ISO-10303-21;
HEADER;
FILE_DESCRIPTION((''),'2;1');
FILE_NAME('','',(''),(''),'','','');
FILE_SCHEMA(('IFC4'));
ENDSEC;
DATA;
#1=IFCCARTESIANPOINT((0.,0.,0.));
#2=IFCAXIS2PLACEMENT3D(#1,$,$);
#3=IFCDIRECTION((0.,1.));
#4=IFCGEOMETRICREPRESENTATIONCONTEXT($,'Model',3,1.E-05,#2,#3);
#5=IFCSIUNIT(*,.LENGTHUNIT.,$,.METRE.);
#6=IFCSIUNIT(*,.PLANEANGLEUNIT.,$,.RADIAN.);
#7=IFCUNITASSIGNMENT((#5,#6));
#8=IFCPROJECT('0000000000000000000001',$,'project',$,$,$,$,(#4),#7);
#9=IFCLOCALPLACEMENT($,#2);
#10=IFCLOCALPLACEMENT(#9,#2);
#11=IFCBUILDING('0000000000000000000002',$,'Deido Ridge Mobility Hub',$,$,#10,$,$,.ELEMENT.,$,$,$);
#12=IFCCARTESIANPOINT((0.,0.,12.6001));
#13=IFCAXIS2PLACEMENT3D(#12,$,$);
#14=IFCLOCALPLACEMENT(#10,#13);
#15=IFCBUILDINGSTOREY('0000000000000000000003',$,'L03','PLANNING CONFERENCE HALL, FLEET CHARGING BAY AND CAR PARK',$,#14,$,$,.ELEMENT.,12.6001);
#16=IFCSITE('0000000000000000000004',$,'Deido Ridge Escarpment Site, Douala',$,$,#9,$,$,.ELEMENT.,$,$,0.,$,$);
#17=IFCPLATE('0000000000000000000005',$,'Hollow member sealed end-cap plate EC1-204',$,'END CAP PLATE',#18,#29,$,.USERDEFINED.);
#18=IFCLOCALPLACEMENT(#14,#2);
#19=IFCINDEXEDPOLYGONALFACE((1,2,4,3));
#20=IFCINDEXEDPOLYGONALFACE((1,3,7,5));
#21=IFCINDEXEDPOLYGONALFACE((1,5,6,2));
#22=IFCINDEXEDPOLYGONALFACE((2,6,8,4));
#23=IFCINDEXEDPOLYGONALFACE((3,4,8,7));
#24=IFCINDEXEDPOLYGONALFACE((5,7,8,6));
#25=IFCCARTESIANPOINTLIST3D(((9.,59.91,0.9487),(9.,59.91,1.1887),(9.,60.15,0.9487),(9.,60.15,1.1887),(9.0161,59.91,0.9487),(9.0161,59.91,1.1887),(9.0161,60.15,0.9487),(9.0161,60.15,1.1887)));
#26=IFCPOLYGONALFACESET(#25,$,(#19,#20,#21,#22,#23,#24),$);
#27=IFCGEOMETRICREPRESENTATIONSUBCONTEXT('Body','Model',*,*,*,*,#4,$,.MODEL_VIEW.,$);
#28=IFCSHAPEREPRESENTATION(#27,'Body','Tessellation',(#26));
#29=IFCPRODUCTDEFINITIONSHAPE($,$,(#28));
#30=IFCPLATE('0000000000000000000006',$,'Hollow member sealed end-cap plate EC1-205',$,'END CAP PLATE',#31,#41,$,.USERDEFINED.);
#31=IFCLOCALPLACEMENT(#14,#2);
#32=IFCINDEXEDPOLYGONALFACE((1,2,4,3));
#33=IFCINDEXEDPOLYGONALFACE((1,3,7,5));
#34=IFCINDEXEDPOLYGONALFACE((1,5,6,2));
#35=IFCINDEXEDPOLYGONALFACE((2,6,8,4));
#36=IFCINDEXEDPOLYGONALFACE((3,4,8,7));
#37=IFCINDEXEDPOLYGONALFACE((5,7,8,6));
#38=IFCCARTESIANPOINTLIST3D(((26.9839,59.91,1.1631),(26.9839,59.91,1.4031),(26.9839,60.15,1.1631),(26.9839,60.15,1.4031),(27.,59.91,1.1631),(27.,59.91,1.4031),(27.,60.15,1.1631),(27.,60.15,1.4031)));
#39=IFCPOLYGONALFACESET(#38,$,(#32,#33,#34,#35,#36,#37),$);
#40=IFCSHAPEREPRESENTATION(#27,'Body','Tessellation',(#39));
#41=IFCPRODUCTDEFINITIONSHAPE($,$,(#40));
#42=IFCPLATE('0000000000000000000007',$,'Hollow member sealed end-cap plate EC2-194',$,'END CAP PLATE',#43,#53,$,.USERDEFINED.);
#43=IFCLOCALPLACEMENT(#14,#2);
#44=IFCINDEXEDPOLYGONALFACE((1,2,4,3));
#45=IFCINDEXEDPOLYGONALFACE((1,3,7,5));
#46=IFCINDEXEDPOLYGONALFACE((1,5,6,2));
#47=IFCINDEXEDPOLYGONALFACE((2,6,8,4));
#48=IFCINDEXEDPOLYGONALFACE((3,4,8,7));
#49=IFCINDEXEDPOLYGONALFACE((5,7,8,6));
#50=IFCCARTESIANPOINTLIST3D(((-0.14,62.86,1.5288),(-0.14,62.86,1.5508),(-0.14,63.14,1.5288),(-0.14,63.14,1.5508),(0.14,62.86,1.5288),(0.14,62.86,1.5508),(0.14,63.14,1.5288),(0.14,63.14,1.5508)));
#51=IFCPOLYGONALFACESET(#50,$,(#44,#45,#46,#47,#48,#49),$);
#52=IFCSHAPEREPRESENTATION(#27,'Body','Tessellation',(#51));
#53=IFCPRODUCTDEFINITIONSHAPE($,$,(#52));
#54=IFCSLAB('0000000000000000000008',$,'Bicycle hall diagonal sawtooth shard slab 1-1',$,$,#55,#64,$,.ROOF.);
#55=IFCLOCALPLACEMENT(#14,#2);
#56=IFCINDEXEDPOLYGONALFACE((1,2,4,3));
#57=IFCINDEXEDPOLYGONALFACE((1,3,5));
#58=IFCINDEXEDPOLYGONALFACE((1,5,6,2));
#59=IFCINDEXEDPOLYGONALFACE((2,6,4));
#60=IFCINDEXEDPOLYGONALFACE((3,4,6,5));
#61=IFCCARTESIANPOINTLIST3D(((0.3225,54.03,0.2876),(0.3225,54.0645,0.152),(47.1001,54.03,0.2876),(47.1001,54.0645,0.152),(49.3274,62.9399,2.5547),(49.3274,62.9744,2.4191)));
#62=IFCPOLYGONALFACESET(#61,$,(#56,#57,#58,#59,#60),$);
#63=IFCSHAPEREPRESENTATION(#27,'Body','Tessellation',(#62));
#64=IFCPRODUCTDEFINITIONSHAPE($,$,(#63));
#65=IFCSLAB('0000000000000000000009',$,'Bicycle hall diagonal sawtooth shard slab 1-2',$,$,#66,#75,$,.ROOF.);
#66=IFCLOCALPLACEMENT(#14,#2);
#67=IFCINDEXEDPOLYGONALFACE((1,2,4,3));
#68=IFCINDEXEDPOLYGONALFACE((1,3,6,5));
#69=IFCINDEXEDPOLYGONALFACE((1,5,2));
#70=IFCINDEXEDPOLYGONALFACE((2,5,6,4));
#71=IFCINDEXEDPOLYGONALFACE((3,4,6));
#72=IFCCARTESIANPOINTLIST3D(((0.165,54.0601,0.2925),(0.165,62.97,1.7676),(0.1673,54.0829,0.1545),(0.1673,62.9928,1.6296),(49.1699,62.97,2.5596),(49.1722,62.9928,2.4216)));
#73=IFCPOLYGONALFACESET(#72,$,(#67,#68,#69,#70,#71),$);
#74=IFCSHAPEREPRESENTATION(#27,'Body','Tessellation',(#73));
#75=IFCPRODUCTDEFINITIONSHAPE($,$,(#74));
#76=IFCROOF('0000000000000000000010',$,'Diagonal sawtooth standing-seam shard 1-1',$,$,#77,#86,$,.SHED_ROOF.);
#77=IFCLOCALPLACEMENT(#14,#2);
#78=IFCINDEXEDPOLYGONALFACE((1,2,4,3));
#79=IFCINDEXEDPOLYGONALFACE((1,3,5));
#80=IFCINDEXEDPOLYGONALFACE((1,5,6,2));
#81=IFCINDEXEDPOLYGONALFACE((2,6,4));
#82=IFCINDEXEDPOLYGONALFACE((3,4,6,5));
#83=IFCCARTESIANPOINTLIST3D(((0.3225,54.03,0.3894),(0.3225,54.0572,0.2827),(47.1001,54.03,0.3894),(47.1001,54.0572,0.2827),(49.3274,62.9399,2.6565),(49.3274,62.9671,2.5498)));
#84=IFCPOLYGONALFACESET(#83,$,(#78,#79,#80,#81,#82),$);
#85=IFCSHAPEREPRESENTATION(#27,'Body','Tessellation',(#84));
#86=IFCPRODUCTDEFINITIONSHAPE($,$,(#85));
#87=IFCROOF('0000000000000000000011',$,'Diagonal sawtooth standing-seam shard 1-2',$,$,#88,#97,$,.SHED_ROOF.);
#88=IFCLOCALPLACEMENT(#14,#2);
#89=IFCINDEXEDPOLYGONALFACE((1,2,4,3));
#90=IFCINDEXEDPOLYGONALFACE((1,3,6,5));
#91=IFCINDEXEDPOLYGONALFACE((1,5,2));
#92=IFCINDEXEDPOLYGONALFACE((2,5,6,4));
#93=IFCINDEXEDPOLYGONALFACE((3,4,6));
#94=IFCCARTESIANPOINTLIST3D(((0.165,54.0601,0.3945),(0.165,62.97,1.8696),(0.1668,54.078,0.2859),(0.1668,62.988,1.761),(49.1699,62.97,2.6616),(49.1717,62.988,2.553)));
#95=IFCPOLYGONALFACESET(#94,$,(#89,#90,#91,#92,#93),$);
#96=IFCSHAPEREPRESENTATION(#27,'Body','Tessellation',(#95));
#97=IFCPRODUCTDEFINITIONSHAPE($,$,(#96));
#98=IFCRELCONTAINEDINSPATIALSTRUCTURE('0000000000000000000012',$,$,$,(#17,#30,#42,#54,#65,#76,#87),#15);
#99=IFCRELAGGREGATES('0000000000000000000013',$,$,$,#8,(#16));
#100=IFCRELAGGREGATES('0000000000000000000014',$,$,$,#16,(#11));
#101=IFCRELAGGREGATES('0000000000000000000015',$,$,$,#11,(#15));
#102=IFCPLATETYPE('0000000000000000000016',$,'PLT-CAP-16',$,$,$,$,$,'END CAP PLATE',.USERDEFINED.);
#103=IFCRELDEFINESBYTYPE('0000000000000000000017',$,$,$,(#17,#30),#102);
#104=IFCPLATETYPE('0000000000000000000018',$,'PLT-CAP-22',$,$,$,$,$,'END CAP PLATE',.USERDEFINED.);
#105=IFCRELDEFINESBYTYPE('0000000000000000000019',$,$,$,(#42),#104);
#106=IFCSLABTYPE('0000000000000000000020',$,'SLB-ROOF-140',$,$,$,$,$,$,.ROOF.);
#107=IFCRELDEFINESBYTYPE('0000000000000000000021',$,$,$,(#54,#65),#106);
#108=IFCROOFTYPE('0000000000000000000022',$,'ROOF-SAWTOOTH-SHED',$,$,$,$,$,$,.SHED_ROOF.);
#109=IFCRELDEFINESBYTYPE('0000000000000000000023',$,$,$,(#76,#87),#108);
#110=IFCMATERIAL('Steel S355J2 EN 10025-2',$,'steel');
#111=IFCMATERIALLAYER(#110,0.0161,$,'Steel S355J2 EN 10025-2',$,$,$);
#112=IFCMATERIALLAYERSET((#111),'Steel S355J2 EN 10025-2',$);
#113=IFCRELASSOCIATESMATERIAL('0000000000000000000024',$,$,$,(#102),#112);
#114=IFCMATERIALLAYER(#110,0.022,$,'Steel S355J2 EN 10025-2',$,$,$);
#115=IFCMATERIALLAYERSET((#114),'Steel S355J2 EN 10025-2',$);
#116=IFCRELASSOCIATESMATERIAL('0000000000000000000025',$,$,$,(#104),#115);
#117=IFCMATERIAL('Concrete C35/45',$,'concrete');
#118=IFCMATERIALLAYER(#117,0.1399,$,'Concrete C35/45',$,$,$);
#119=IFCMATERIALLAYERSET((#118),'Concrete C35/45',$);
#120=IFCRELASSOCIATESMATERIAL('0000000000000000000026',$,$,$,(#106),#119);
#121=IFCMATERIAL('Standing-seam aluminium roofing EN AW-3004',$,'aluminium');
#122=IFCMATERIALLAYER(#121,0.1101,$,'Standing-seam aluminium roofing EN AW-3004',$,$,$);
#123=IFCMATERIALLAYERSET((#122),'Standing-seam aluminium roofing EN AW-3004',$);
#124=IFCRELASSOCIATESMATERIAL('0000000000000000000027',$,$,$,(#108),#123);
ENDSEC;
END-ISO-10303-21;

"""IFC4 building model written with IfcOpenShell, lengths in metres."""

from ifc_helpers import new_model, si_unit, direction, frame, origin, origin_2d, place, context, subcontext, project, spatial, polyline, rectangle, outline, extrude, material, layer, layer_set, type_object, element, save


model = new_model("IFC4")

# Units and contexts
model_context = context("Model", 3, precision=1e-05, world=origin(), true_north=direction((0.0, 1.0)))
body_context = subcontext(model_context, "Body", "Model", "MODEL_VIEW")
ifc_project = project(units=[si_unit("LENGTHUNIT", "METRE"), si_unit("PLANEANGLEUNIT", "RADIAN")], contexts=[model_context])

# Site, building, storey
site_placement = place(None, origin())
site = spatial("IfcSite", under=ifc_project, at=site_placement, Name="Deido Ridge Escarpment Site, Douala", CompositionType="ELEMENT", RefElevation=0.0)
building_placement = place(site_placement, origin())
building = spatial("IfcBuilding", under=site, at=building_placement, Name="Deido Ridge Mobility Hub", CompositionType="ELEMENT")
storey_placement = place(building_placement, frame((0.0, 0.0, 12.6001)))
storey = spatial("IfcBuildingStorey", under=building, at=storey_placement, Name="L03", Description="PLANNING CONFERENCE HALL, FLEET CHARGING BAY AND CAR PARK", CompositionType="ELEMENT", Elevation=12.6001)

# Shared definitions
ifc_material_1 = material(Name="Steel S355J2 EN 10025-2", Category="steel")

# Plates
ifc_layer_1 = layer(ifc_material_1, 0.0161, Name="Steel S355J2 EN 10025-2")
ifc_layer_set_1 = layer_set([ifc_layer_1], Name="Steel S355J2 EN 10025-2")
plate_type_1 = type_object("IfcPlateType", Name="PLT-CAP-16", ElementType="END CAP PLATE", PredefinedType="USERDEFINED", material=ifc_layer_set_1)
for number, where, z_axis, x_axis, name in (
    (1, (9.0081, 60.03, 0.9487), (0.0, 0.0, 1.0), (1.0, 0.0, 0.0), "Hollow member sealed end-cap plate EC1-204"),
    (2, (26.9919, 60.03, 1.1631), (0.0, 0.0, 1.0), (1.0, 0.0, 0.0), "Hollow member sealed end-cap plate EC1-205"),
):
    element("IfcPlate", number, at=place(storey_placement, frame(where, z_axis=z_axis, x_axis=x_axis)), inside=storey, type_object=plate_type_1, Name=name, ObjectType="END CAP PLATE", PredefinedType="USERDEFINED", context=body_context, shape_type="SweptSolid", body=[
        extrude(rectangle(XDim=0.0161, YDim=0.24, at=origin_2d()), origin(), (0.0, 0.0, 1.0), 0.24),
    ])
ifc_layer_2 = layer(ifc_material_1, 0.022, Name="Steel S355J2 EN 10025-2")
ifc_layer_set_2 = layer_set([ifc_layer_2], Name="Steel S355J2 EN 10025-2")
plate_type_2 = type_object("IfcPlateType", Name="PLT-CAP-22", ElementType="END CAP PLATE", PredefinedType="USERDEFINED", material=ifc_layer_set_2)
plate_placement = place(storey_placement, frame((0.0, 63.0, 1.5288), z_axis=(0.0, 0.0, 1.0), x_axis=(1.0, 0.0, 0.0)))
element("IfcPlate", 3, at=plate_placement, inside=storey, type_object=plate_type_2, Name="Hollow member sealed end-cap plate EC2-194", ObjectType="END CAP PLATE", PredefinedType="USERDEFINED", context=body_context, shape_type="SweptSolid", body=[
    extrude(rectangle(XDim=0.28, YDim=0.28, at=origin_2d()), origin(), (0.0, 0.0, 1.0), 0.022),
])

# Slabs
ifc_material_2 = material(Name="Concrete C35/45", Category="concrete")
ifc_layer_3 = layer(ifc_material_2, 0.1399, Name="Concrete C35/45")
ifc_layer_set_3 = layer_set([ifc_layer_3], Name="Concrete C35/45")
slab_type = type_object("IfcSlabType", Name="SLB-ROOF-140", PredefinedType="ROOF", material=ifc_layer_set_3)
slab_1_placement = place(storey_placement, frame((0.3225, 54.03, 0.2876), z_axis=(0.0, -0.246589, 0.96912), x_axis=(1.0, 0.0, 0.0)))
element("IfcSlab", 4, at=slab_1_placement, inside=storey, type_object=slab_type, Name="Bicycle hall diagonal sawtooth shard slab 1-1", PredefinedType="ROOF", context=body_context, shape_type="SweptSolid", body=[
    extrude(outline(polyline([(0.0, 0.0), (46.7776, 0.0), (49.0049, 9.1938), (0.0, 0.0)])), origin(), (0.0, 0.0, -1.0), 0.1399),
])
slab_2_placement = place(storey_placement, frame((0.165, 54.0601, 0.2925), z_axis=(-0.015942, -0.163313, 0.986446), x_axis=(0.982853, 0.178699, 0.045469)))
element("IfcSlab", 5, at=slab_2_placement, inside=storey, type_object=slab_type, Name="Bicycle hall diagonal sawtooth shard slab 1-2", PredefinedType="ROOF", context=body_context, shape_type="SweptSolid", body=[
    extrude(outline(polyline([(0.0, 0.0), (49.8599, 0.0), (1.6593, 8.8775), (0.0, 0.0)])), origin(), (0.0, 0.0, -1.0), 0.1399),
])

# Roofs
ifc_material_3 = material(Name="Standing-seam aluminium roofing EN AW-3004", Category="aluminium")
ifc_layer_4 = layer(ifc_material_3, 0.1101, Name="Standing-seam aluminium roofing EN AW-3004")
ifc_layer_set_4 = layer_set([ifc_layer_4], Name="Standing-seam aluminium roofing EN AW-3004")
roof_type = type_object("IfcRoofType", Name="ROOF-SAWTOOTH-SHED", PredefinedType="SHED_ROOF", material=ifc_layer_set_4)
roof_1_placement = place(storey_placement, frame((0.3225, 54.03, 0.3894), z_axis=(0.0, -0.246589, 0.96912), x_axis=(1.0, 0.0, 0.0)))
element("IfcRoof", 6, at=roof_1_placement, inside=storey, type_object=roof_type, Name="Diagonal sawtooth standing-seam shard 1-1", PredefinedType="SHED_ROOF", context=body_context, shape_type="SweptSolid", body=[
    extrude(outline(polyline([(0.0, 0.0), (46.7776, 0.0), (49.0049, 9.1938), (0.0, 0.0)])), origin(), (0.0, 0.0, -1.0), 0.1101),
])
roof_2_placement = place(storey_placement, frame((0.165, 54.0601, 0.3945), z_axis=(-0.015942, -0.163313, 0.986446), x_axis=(0.982853, 0.178699, 0.045469)))
element("IfcRoof", 7, at=roof_2_placement, inside=storey, type_object=roof_type, Name="Diagonal sawtooth standing-seam shard 1-2", PredefinedType="SHED_ROOF", context=body_context, shape_type="SweptSolid", body=[
    extrude(outline(polyline([(0.0, 0.0), (49.8599, 0.0), (1.6593, 8.8775), (0.0, 0.0)])), origin(), (0.0, 0.0, -1.0), 0.1101),
])

save(model, "model.ifc")
